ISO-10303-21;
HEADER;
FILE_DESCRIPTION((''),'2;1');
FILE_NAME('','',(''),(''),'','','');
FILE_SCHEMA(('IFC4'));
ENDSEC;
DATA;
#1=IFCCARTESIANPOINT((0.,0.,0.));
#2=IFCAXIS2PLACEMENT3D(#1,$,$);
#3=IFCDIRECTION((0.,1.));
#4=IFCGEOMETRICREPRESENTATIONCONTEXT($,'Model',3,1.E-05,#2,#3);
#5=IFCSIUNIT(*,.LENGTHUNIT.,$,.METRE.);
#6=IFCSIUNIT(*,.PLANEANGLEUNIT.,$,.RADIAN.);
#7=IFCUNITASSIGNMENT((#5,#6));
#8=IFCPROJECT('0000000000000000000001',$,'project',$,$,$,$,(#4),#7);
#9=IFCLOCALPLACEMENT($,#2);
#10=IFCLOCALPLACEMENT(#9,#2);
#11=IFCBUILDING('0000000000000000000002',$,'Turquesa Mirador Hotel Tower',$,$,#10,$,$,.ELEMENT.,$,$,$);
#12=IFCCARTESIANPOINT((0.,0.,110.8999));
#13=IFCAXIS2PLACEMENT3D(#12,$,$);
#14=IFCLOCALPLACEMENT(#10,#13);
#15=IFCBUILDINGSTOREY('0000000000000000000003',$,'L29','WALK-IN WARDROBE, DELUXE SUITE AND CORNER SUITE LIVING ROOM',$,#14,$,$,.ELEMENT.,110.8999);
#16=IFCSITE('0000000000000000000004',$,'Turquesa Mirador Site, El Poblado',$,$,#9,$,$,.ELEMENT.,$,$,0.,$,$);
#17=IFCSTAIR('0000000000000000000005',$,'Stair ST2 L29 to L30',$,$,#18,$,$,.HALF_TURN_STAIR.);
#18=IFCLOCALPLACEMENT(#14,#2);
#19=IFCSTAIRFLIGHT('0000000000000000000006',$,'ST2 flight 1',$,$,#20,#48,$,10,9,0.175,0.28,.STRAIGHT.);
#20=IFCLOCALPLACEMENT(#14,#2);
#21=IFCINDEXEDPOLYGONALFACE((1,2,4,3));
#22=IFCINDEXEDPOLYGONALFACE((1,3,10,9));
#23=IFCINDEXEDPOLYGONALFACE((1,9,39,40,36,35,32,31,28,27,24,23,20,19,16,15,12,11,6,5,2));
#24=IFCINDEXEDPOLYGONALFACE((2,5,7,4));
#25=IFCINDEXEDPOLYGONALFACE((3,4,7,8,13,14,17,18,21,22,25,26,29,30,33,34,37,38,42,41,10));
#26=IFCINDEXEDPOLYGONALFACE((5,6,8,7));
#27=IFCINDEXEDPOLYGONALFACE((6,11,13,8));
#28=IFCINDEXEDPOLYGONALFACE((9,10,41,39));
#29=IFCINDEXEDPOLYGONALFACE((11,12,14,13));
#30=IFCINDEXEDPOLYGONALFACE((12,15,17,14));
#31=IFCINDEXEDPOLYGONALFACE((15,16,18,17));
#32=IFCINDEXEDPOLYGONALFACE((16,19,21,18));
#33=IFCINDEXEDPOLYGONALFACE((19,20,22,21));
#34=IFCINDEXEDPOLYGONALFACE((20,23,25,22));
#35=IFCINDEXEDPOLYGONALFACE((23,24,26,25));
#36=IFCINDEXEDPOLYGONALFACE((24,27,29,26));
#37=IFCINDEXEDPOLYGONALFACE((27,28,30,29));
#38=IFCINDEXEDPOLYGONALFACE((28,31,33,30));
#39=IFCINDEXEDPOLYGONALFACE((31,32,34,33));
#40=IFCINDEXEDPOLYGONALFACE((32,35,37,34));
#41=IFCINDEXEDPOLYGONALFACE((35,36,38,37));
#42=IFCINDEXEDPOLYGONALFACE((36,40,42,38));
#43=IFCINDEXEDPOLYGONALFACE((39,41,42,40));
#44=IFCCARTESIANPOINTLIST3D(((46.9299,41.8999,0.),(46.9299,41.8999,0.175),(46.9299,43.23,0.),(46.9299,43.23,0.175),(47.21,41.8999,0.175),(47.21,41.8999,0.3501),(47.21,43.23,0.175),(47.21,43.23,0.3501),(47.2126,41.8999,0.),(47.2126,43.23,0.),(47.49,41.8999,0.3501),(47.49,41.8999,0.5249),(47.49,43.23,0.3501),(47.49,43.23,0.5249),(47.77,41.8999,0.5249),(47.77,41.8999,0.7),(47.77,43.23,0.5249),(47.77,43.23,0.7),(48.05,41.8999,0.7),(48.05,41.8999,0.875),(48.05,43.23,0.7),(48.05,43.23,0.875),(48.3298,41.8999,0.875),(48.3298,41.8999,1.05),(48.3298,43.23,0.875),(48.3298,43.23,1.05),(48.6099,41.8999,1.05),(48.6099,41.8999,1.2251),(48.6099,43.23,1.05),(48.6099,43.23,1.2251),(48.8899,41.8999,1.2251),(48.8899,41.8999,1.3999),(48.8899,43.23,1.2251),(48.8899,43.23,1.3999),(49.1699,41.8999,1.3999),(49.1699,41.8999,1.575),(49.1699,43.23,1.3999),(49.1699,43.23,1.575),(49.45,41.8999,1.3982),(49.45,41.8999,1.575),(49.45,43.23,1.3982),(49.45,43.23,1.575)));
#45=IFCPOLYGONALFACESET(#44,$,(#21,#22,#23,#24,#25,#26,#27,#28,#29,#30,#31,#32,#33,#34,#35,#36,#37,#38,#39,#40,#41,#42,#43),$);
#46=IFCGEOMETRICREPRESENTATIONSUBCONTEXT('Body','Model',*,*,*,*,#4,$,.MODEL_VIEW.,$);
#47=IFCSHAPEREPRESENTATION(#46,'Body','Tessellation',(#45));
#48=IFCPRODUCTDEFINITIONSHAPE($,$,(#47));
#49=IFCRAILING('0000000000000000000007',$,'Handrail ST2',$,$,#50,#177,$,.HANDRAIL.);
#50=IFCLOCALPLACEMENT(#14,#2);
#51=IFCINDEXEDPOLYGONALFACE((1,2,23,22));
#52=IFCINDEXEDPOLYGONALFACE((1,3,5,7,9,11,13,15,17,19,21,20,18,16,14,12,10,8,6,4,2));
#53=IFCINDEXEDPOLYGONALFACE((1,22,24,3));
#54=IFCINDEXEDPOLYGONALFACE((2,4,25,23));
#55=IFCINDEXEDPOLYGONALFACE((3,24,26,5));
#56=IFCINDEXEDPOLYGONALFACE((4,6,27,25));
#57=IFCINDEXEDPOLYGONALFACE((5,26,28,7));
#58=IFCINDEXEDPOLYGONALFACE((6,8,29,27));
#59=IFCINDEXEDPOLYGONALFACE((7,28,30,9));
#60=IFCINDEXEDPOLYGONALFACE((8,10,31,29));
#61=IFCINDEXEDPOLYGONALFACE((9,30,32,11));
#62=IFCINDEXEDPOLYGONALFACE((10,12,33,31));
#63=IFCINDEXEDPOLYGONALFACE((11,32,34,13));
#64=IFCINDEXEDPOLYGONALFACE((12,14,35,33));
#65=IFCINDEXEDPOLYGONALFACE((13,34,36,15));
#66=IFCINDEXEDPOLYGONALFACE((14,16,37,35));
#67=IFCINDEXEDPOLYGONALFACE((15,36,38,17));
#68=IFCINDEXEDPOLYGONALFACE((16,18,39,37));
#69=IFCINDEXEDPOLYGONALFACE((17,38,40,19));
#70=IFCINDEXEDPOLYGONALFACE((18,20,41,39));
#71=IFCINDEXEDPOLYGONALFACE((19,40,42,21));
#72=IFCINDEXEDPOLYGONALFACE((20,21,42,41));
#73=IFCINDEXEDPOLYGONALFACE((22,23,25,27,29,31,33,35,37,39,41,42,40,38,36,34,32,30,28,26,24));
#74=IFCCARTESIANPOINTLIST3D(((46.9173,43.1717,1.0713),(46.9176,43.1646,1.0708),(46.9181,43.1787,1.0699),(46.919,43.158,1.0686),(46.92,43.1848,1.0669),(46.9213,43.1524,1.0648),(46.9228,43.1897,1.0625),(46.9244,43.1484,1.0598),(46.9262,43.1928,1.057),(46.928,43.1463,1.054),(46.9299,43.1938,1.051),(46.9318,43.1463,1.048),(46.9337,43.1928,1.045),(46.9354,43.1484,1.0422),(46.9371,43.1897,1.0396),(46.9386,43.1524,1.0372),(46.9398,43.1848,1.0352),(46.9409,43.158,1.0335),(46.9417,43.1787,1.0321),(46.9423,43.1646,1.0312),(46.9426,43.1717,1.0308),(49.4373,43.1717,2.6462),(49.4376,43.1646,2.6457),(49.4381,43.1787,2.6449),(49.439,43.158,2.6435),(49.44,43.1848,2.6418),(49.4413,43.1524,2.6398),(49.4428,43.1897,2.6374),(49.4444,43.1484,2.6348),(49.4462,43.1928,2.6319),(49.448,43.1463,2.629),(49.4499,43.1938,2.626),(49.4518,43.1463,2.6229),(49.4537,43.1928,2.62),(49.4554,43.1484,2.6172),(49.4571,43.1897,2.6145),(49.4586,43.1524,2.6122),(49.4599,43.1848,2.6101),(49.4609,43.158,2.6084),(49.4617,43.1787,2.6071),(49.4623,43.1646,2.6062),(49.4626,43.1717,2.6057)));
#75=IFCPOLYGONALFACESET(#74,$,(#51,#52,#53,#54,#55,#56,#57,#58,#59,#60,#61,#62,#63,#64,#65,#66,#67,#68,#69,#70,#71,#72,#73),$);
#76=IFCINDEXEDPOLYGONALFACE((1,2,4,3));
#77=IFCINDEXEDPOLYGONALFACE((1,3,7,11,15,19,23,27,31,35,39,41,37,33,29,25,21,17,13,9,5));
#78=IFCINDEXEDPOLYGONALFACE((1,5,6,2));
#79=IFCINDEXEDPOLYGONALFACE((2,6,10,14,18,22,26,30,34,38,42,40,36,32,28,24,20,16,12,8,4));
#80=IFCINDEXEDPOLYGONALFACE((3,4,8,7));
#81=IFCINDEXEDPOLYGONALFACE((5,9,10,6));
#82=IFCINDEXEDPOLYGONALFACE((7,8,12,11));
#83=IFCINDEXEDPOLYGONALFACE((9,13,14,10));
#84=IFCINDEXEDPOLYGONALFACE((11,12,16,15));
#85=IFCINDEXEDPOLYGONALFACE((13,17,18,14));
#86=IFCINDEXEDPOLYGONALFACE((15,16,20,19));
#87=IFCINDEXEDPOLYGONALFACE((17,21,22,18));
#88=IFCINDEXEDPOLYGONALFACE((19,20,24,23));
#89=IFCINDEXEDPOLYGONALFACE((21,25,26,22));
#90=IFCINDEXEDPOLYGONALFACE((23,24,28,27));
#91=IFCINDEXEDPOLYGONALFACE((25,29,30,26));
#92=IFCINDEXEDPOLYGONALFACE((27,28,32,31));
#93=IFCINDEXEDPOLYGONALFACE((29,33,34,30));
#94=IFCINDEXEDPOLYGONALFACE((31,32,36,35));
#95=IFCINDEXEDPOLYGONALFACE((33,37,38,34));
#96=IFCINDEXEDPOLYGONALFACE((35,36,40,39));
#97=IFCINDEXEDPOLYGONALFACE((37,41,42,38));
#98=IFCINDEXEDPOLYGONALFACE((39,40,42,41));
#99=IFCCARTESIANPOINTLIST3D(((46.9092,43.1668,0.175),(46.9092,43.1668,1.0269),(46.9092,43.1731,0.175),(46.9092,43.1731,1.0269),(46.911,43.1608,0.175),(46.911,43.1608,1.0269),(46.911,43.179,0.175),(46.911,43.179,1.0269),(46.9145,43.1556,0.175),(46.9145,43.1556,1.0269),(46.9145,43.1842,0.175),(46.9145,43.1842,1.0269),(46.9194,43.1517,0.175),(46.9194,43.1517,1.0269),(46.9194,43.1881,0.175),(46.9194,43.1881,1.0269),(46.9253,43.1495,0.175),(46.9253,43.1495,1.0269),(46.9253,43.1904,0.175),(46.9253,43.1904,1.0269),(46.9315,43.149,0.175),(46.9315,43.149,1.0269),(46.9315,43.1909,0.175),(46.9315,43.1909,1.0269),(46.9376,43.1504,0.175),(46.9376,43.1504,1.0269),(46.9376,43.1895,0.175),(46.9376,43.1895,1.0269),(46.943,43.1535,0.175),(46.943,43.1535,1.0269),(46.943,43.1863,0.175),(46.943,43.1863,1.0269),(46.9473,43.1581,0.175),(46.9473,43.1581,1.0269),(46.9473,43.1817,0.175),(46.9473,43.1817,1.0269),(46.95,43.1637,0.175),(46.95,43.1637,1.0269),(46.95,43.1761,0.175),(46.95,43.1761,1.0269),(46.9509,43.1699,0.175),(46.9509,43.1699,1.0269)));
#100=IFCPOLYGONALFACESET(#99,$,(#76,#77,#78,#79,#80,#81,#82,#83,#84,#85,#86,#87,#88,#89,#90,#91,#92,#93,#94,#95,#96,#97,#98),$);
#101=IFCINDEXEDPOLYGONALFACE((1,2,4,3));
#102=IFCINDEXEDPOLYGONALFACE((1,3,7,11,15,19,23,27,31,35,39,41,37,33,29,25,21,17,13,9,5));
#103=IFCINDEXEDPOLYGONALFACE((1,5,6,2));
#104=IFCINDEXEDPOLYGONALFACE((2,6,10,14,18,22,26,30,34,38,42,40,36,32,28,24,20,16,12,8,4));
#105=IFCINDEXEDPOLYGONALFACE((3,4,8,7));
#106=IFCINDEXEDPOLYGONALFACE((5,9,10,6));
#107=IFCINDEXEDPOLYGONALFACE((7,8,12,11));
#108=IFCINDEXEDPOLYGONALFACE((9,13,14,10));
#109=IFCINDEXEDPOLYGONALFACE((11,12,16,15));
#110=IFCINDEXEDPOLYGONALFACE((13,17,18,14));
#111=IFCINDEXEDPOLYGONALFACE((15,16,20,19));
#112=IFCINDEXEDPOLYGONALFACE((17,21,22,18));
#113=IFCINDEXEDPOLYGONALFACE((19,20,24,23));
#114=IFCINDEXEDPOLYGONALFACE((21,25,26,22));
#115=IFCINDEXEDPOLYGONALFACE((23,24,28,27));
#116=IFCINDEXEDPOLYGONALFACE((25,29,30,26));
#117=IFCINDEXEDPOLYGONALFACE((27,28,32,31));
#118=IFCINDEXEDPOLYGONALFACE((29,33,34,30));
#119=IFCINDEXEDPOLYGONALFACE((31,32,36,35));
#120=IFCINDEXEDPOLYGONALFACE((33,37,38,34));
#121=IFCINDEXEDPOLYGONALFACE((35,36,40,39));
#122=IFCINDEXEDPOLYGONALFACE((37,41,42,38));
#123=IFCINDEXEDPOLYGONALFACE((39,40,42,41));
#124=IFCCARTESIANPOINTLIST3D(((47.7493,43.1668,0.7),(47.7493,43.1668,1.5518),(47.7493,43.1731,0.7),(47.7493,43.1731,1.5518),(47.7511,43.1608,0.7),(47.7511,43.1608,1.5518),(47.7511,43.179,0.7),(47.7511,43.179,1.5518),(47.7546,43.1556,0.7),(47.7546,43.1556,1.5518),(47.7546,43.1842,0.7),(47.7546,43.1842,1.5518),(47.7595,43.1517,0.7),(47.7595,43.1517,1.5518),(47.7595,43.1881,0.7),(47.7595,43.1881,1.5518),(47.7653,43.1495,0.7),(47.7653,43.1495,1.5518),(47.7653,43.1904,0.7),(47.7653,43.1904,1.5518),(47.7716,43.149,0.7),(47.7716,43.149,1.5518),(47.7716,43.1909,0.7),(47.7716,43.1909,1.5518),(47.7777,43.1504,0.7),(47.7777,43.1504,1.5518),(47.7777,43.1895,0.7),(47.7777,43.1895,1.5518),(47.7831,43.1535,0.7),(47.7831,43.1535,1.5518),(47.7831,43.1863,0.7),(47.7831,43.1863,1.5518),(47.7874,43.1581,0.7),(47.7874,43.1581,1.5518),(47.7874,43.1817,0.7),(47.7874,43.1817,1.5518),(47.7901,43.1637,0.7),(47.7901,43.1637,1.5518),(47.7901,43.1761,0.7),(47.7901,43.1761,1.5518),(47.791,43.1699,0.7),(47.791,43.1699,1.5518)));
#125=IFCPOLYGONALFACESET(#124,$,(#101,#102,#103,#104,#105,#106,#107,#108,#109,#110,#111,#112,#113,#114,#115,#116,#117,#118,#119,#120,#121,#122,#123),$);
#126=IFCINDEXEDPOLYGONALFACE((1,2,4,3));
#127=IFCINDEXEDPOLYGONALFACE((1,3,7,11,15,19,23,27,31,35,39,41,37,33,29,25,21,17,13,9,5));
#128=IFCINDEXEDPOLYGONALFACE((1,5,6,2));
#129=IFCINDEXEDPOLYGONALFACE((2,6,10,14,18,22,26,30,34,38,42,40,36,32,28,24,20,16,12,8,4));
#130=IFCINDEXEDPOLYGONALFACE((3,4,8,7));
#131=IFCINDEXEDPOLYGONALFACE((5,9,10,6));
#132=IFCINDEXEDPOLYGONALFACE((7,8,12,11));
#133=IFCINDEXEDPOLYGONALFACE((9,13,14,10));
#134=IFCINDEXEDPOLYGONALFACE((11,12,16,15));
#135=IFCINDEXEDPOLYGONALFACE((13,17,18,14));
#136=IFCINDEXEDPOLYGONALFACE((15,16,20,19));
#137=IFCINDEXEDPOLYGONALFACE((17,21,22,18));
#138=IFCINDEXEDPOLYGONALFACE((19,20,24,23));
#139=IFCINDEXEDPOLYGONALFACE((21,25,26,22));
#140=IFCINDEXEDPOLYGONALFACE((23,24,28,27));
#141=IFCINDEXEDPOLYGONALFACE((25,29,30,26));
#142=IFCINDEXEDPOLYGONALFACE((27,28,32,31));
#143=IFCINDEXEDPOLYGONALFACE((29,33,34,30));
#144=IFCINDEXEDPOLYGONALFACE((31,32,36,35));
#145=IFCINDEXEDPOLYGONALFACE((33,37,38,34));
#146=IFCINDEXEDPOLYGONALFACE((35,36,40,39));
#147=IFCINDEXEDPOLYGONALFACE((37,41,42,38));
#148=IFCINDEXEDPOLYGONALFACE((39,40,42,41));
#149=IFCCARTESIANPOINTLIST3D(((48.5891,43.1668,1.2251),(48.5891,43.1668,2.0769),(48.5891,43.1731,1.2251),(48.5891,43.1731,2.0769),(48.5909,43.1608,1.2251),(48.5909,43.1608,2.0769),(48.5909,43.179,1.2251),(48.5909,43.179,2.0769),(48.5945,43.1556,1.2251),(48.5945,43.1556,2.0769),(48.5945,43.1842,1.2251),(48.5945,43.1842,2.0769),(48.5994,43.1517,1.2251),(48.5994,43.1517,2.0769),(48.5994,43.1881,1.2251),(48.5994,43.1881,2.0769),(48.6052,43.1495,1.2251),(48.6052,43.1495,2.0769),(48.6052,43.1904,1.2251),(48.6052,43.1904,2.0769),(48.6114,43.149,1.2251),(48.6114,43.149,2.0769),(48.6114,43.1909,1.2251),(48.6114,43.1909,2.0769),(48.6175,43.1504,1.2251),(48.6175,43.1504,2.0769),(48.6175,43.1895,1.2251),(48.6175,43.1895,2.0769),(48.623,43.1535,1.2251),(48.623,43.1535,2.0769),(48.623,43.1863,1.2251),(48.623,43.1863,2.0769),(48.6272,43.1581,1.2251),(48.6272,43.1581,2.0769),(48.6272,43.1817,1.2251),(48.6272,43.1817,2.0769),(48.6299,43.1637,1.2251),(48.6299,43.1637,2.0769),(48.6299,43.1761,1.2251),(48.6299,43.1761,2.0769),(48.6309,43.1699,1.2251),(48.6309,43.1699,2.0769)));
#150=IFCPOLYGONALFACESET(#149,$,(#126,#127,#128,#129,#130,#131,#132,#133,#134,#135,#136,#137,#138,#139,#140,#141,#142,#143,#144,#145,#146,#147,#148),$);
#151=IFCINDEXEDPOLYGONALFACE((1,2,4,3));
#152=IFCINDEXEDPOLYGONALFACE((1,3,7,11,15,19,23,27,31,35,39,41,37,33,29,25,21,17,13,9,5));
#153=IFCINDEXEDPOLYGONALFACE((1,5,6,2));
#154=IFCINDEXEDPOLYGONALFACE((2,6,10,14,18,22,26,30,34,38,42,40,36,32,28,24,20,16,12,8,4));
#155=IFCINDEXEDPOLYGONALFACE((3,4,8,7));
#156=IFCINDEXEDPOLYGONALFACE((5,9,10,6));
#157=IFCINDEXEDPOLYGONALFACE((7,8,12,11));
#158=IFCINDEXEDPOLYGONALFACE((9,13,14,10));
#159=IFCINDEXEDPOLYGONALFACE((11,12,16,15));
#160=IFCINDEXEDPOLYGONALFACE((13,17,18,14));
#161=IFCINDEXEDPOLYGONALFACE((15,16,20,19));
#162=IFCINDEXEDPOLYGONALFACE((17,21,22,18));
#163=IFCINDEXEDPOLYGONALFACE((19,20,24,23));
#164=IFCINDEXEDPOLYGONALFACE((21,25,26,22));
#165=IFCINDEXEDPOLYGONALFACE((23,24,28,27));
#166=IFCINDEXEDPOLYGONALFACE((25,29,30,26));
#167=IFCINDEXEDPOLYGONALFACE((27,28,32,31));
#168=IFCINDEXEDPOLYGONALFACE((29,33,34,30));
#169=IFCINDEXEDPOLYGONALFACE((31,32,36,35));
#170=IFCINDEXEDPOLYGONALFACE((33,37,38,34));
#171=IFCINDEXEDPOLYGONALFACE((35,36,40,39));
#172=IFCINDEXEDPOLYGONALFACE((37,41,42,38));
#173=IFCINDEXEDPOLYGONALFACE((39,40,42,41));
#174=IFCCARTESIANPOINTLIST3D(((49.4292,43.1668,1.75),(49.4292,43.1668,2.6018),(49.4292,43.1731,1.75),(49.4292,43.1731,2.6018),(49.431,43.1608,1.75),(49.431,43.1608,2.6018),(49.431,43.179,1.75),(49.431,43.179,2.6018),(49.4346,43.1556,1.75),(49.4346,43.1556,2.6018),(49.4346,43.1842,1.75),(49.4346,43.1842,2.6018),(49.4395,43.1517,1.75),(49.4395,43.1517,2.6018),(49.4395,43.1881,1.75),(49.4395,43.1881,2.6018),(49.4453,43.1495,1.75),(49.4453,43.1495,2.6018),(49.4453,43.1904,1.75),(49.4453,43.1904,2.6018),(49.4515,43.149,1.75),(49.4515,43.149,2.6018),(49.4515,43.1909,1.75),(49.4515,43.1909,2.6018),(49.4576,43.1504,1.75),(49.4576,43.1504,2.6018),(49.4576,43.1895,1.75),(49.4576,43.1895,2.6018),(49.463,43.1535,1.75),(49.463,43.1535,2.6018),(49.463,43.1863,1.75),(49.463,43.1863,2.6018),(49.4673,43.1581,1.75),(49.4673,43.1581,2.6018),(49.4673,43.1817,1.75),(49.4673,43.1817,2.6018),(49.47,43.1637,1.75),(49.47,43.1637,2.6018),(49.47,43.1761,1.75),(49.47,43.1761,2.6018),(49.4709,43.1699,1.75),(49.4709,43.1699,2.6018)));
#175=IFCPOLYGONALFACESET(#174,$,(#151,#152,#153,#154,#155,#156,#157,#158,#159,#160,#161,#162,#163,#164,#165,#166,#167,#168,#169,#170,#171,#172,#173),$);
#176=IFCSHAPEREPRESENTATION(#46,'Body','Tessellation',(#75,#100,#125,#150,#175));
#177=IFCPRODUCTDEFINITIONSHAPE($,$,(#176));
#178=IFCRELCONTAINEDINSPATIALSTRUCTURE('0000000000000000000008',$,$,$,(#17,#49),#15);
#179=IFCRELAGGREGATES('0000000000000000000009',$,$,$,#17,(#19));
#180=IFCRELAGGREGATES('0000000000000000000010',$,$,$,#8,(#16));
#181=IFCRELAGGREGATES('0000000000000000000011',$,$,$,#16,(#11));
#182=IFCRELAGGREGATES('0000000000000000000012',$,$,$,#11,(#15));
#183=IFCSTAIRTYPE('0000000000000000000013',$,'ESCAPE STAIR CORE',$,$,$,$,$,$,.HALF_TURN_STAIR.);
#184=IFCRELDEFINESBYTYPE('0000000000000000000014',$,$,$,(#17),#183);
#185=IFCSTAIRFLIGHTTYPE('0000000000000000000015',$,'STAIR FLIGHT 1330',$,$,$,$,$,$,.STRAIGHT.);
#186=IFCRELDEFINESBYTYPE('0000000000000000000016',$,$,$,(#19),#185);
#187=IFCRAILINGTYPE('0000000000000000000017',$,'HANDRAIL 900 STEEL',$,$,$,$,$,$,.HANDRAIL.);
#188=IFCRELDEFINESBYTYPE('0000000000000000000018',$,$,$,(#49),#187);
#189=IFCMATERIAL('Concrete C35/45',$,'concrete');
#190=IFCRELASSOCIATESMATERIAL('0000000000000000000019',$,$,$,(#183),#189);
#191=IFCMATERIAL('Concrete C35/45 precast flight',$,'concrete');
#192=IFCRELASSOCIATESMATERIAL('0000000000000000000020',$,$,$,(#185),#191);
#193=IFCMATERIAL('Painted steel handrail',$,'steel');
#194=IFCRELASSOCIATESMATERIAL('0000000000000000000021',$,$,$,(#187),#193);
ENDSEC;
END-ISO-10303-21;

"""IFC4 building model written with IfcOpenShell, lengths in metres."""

from ifc_helpers import new_model, si_unit, direction, frame, origin, origin_2d, place, context, subcontext, project, spatial, polyline, circle, outline, extrude, material, type_object, element, aggregate, save


model = new_model("IFC4")

# Units and contexts
model_context = context("Model", 3, precision=1e-05, world=origin(), true_north=direction((0.0, 1.0)))
body_context = subcontext(model_context, "Body", "Model", "MODEL_VIEW")
ifc_project = project(units=[si_unit("LENGTHUNIT", "METRE"), si_unit("PLANEANGLEUNIT", "RADIAN")], contexts=[model_context])

# Site, building, storey
site_placement = place(None, origin())
site = spatial("IfcSite", under=ifc_project, at=site_placement, Name="Turquesa Mirador Site, El Poblado", CompositionType="ELEMENT", RefElevation=0.0)
building_placement = place(site_placement, origin())
building = spatial("IfcBuilding", under=site, at=building_placement, Name="Turquesa Mirador Hotel Tower", CompositionType="ELEMENT")
storey_placement = place(building_placement, frame((0.0, 0.0, 110.8999)))
storey = spatial("IfcBuildingStorey", under=building, at=storey_placement, Name="L29", Description="WALK-IN WARDROBE, DELUXE SUITE AND CORNER SUITE LIVING ROOM", CompositionType="ELEMENT", Elevation=110.8999)

# Stair, stair flight
ifc_material_1 = material(Name="Concrete C35/45", Category="concrete")
stair_type = type_object("IfcStairType", Name="ESCAPE STAIR CORE", PredefinedType="HALF_TURN_STAIR", material=ifc_material_1)
stair_placement = place(storey_placement, origin())
stair = element("IfcStair", 1, at=stair_placement, inside=storey, type_object=stair_type, Name="Stair ST2 L29 to L30", PredefinedType="HALF_TURN_STAIR")
ifc_material_2 = material(Name="Concrete C35/45 precast flight", Category="concrete")
stair_flight_type = type_object("IfcStairFlightType", Name="STAIR FLIGHT 1330", PredefinedType="STRAIGHT", material=ifc_material_2)
stair_flight_placement = place(storey_placement, frame((46.9299, 42.5649, 0.0), z_axis=(0.0, 0.0, 1.0), x_axis=(1.0, 0.0, 0.0)))
stair_flight = element("IfcStairFlight", 2, at=stair_flight_placement, type_object=stair_flight_type, Name="ST2 flight 1", NumberOfRisers=10, NumberOfTreads=9, PredefinedType="STRAIGHT", RiserHeight=0.175, TreadLength=0.28, context=body_context, shape_type="SweptSolid", body=[
    extrude(outline(polyline([(0.0, 0.0), (0.0, 0.175), (0.28, 0.175), (0.28, 0.3501), (0.5601, 0.3501), (0.5601, 0.5249), (0.8401, 0.5249), (0.8401, 0.7), (1.1201, 0.7), (1.1201, 0.875), (1.3999, 0.875), (1.3999, 1.05), (1.6799, 1.05), (1.6799, 1.2251), (1.96, 1.2251), (1.96, 1.3999), (2.24, 1.3999), (2.24, 1.575), (2.52, 1.575), (2.52, 1.75), (2.52, 1.3982), (0.2827, 0.0), (0.0, 0.0)])), frame((0.0, 0.665, 0.0), z_axis=(0.0, -1.0, 0.0), x_axis=(1.0, 0.0, 0.0)), (0.0, 0.0, 1.0), 1.3301),
])
aggregate(stair, [stair_flight])

# Railing
ifc_material_3 = material(Name="Painted steel handrail", Category="steel")
railing_type = type_object("IfcRailingType", Name="HANDRAIL 900 STEEL", PredefinedType="HANDRAIL", material=ifc_material_3)
railing_placement = place(storey_placement, frame((46.9299, 43.1699, 0.175)))
element("IfcRailing", 3, at=railing_placement, inside=storey, type_object=railing_type, Name="Handrail ST2", PredefinedType="HANDRAIL", context=body_context, shape_type="SweptSolid", body=[
    extrude(circle(Radius=0.0239, at=origin_2d()), frame((0.0, 0.0, 0.876), z_axis=(0.848008, 0.0, 0.529984), x_axis=(0.0, 1.0, 0.0)), (0.0, 0.0, 1.0), 2.9717),
    extrude(circle(Radius=0.021, at=origin_2d()), origin(), (0.0, 0.0, 1.0), 0.8518),
    extrude(circle(Radius=0.021, at=origin_2d()), frame((0.8401, 0.0, 0.5249)), (0.0, 0.0, 1.0), 0.8518),
    extrude(circle(Radius=0.021, at=origin_2d()), frame((1.6799, 0.0, 1.05)), (0.0, 0.0, 1.0), 0.8518),
    extrude(circle(Radius=0.021, at=origin_2d()), frame((2.52, 0.0, 1.575)), (0.0, 0.0, 1.0), 0.8518),
])

save(model, "model.ifc")
